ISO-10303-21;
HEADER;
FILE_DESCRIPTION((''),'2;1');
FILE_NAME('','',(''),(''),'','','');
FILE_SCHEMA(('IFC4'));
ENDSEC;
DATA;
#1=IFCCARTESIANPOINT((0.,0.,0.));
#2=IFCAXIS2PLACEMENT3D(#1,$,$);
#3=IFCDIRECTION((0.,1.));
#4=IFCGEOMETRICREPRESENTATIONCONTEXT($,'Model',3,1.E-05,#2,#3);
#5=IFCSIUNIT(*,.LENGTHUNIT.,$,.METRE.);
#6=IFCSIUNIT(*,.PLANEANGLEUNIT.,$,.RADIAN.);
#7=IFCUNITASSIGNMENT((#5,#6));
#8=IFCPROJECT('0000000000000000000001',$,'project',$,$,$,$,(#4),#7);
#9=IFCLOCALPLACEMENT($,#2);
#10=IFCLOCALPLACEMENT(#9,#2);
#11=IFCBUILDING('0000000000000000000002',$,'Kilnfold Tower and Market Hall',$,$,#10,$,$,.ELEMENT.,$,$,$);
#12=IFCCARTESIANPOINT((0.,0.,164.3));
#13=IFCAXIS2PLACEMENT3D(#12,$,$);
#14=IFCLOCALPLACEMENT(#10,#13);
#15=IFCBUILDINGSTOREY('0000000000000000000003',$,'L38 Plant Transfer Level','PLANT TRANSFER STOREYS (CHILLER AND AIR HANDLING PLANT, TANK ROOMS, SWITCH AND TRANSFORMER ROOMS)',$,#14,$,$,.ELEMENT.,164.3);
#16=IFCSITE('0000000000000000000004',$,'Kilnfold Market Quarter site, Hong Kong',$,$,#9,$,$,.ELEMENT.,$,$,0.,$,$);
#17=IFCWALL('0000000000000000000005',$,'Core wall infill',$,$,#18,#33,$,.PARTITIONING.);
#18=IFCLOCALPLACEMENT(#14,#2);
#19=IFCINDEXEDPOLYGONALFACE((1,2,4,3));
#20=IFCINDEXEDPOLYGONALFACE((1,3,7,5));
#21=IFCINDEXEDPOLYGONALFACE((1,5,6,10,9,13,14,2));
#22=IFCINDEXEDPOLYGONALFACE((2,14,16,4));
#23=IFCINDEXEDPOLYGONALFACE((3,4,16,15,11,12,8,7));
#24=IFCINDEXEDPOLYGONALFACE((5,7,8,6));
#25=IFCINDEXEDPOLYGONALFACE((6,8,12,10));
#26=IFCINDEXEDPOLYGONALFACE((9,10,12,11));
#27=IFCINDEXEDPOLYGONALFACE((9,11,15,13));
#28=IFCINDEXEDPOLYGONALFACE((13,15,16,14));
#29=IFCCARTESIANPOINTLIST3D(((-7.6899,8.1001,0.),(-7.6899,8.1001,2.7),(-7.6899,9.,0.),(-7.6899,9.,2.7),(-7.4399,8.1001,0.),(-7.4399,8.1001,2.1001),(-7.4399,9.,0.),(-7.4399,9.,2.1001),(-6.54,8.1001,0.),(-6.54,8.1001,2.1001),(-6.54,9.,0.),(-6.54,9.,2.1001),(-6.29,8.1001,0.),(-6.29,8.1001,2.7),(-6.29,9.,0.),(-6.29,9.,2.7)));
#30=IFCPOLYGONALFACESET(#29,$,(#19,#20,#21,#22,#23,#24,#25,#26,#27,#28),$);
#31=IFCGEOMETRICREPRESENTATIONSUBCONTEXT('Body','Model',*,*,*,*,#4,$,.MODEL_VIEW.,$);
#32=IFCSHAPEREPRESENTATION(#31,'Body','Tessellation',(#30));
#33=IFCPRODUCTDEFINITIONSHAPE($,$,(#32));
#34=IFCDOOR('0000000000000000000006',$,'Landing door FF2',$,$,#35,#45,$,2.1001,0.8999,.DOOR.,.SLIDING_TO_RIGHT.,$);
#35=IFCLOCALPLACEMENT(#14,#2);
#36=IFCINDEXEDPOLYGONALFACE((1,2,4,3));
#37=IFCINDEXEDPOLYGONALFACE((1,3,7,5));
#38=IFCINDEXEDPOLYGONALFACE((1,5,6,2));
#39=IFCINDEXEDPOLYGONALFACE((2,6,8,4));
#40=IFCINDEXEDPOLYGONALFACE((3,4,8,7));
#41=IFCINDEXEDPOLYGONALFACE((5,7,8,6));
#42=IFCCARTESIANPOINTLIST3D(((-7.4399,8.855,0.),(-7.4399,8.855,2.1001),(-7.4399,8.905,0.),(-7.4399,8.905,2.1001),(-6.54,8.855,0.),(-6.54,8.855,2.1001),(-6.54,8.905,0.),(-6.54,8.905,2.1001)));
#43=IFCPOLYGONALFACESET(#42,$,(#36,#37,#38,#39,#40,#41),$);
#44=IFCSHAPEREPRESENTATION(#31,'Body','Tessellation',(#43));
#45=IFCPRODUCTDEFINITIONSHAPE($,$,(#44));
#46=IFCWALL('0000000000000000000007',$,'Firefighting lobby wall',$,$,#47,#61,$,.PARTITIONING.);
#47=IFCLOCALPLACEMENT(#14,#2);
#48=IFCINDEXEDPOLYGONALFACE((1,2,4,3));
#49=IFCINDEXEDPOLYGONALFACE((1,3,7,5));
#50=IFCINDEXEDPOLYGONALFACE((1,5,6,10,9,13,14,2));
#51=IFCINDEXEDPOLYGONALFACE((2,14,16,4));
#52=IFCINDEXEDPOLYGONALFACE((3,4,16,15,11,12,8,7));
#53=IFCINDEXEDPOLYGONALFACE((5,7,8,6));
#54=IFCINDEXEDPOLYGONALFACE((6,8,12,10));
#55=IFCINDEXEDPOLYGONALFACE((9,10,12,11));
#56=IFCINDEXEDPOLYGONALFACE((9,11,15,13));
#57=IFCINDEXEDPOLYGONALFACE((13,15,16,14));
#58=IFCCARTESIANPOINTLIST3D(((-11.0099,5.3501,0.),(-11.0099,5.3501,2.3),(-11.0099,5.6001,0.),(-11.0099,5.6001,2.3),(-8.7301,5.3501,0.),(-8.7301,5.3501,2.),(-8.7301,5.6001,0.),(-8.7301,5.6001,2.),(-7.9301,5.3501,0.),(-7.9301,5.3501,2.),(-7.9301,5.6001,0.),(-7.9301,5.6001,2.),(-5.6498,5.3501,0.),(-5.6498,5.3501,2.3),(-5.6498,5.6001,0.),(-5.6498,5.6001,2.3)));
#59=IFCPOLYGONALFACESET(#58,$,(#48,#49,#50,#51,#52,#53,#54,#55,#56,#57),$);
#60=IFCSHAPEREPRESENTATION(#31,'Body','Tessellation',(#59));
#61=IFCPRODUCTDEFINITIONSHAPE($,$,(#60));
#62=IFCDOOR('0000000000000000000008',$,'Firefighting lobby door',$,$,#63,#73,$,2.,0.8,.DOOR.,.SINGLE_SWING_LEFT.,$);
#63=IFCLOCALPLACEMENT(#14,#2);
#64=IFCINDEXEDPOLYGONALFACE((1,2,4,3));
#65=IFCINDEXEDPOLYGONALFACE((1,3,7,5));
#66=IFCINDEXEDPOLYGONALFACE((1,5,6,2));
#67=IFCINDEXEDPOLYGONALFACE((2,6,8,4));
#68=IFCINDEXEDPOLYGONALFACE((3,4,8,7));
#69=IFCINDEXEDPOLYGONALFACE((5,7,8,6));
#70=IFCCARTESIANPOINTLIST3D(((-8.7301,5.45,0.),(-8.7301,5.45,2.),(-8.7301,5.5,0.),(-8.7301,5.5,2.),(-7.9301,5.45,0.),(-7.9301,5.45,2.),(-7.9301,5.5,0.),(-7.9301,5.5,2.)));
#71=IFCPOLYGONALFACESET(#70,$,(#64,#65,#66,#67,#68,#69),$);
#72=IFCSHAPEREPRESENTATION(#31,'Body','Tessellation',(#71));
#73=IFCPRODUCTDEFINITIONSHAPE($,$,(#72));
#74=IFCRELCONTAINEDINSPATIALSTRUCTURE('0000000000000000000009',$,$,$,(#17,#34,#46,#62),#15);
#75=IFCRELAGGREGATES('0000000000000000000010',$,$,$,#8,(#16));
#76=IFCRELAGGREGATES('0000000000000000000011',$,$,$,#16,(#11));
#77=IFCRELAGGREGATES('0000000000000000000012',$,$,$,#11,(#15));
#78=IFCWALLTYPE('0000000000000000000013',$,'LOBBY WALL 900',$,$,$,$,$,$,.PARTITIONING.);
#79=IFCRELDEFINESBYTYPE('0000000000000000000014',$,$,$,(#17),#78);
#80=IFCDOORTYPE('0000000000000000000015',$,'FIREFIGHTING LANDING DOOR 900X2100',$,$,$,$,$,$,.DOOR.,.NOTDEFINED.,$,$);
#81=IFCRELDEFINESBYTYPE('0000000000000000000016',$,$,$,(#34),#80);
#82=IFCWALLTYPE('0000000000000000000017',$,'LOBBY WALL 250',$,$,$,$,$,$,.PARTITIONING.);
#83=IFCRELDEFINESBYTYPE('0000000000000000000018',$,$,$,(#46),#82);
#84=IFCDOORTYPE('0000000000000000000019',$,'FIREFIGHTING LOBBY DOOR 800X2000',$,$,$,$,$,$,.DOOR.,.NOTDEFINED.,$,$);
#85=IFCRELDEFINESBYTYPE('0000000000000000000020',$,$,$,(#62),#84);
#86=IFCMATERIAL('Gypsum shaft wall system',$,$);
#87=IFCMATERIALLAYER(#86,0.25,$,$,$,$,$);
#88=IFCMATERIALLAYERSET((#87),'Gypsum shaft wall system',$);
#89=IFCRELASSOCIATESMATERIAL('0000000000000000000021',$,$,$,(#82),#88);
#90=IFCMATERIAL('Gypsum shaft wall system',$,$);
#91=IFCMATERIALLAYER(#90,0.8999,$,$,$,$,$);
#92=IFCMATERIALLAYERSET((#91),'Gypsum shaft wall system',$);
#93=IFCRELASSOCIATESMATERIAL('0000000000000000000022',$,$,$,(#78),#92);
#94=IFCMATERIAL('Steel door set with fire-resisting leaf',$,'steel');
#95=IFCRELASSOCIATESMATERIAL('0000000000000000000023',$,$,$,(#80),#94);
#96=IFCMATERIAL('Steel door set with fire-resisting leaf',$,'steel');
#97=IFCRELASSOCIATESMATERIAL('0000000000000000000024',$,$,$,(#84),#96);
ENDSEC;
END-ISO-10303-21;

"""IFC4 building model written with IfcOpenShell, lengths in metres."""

from ifc_helpers import new_model, si_unit, direction, frame, frame_2d, origin, place, context, subcontext, project, spatial, rectangle, extrude, source, transform, mapped, material, layer, layer_set, type_object, element, fill, save


model = new_model("IFC4")

# Units and contexts
model_context = context("Model", 3, precision=1e-05, world=origin(), true_north=direction((0.0, 1.0)))
body_context = subcontext(model_context, "Body", "Model", "MODEL_VIEW")
ifc_project = project(units=[si_unit("LENGTHUNIT", "METRE"), si_unit("PLANEANGLEUNIT", "RADIAN")], contexts=[model_context])

# Site, building, storey
site_placement = place(None, origin())
site = spatial("IfcSite", under=ifc_project, at=site_placement, Name="Kilnfold Market Quarter site, Hong Kong", CompositionType="ELEMENT", RefElevation=0.0)
building_placement = place(site_placement, origin())
building = spatial("IfcBuilding", under=site, at=building_placement, Name="Kilnfold Tower and Market Hall", CompositionType="ELEMENT")
storey_placement = place(building_placement, frame((0.0, 0.0, 164.3)))
storey = spatial("IfcBuildingStorey", under=building, at=storey_placement, Name="L38 Plant Transfer Level", Description="PLANT TRANSFER STOREYS (CHILLER AND AIR HANDLING PLANT, TANK ROOMS, SWITCH AND TRANSFORMER ROOMS)", CompositionType="ELEMENT", Elevation=164.3)

# Shared definitions
ifc_material_1 = material(Name="Gypsum shaft wall system")
ifc_layer_1 = layer(ifc_material_1, 0.25)
ifc_layer_set_1 = layer_set([ifc_layer_1], Name="Gypsum shaft wall system")
wall_type_1 = type_object("IfcWallType", Name="LOBBY WALL 250", PredefinedType="PARTITIONING", material=ifc_layer_set_1)

# Walls, openings, doors
ifc_material_2 = material(Name="Gypsum shaft wall system")
ifc_layer_2 = layer(ifc_material_2, 0.8999)
ifc_layer_set_2 = layer_set([ifc_layer_2], Name="Gypsum shaft wall system")
wall_type_2 = type_object("IfcWallType", Name="LOBBY WALL 900", PredefinedType="PARTITIONING", material=ifc_layer_set_2)
ifc_material_3 = material(Name="Steel door set with fire-resisting leaf", Category="steel")
door_type_1 = type_object("IfcDoorType", Name="FIREFIGHTING LANDING DOOR 900X2100", OperationType="NOTDEFINED", PredefinedType="DOOR", material=ifc_material_3)
shared_shape_1 = source(origin(), body_context, "Body", "SweptSolid", [
    extrude(rectangle(XDim=1.3999, YDim=0.8999, at=frame_2d((0.7, 0.0))), origin(), (0.0, 0.0, 1.0), 2.7),
])
wall_1_placement = place(storey_placement, frame((-7.6899, 8.55, 0.0), z_axis=(0.0, 0.0, 1.0), x_axis=(1.0, 0.0, 0.0)))
wall_1 = element("IfcWall", 1, at=wall_1_placement, inside=storey, type_object=wall_type_2, Name="Core wall infill", PredefinedType="PARTITIONING", context=body_context, shape_type="MappedRepresentation", body=[
    mapped(shared_shape_1, transform((0.0, 0.0, 0.0))),
])
opening_1_placement = place(wall_1_placement, frame((0.25, 0.0, 0.0)))
opening_1 = element("IfcOpeningElement", 2, at=opening_1_placement, cuts=wall_1, PredefinedType="OPENING", context=body_context, shape_type="SweptSolid", body=[
    extrude(rectangle(XDim=0.8999, YDim=2.1001, at=frame_2d((0.45, 1.05))), frame((0.0, 0.46, 0.0), z_axis=(0.0, -1.0, 0.0), x_axis=(1.0, 0.0, 0.0)), (0.0, 0.0, 1.0), 0.9199),
])
door_1_placement = place(opening_1_placement, origin())
door_1 = element("IfcDoor", 3, at=door_1_placement, inside=storey, type_object=door_type_1, Name="Landing door FF2", OperationType="SLIDING_TO_RIGHT", OverallHeight=2.1001, OverallWidth=0.8999, PredefinedType="DOOR", context=body_context, shape_type="SweptSolid", body=[
    extrude(rectangle(XDim=0.8999, YDim=2.1001, at=frame_2d((0.45, 1.05))), frame((0.0, 0.355, 0.0), z_axis=(0.0, -1.0, 0.0), x_axis=(1.0, 0.0, 0.0)), (0.0, 0.0, 1.0), 0.05),
])
fill(opening_1, door_1)
shared_shape_2 = source(origin(), body_context, "Body", "SweptSolid", [
    extrude(rectangle(XDim=5.3601, YDim=0.25, at=frame_2d((2.6802, 0.0))), origin(), (0.0, 0.0, 1.0), 2.3),
])
wall_2_placement = place(storey_placement, frame((-11.01, 5.4751, 0.0), z_axis=(0.0, 0.0, 1.0), x_axis=(1.0, 0.0, 0.0)))
wall_2 = element("IfcWall", 4, at=wall_2_placement, inside=storey, type_object=wall_type_1, Name="Firefighting lobby wall", PredefinedType="PARTITIONING", context=body_context, shape_type="MappedRepresentation", body=[
    mapped(shared_shape_2, transform((0.0, 0.0, 0.0))),
])
opening_2_placement = place(wall_2_placement, frame((2.28, 0.0, 0.0)))
opening_2 = element("IfcOpeningElement", 5, at=opening_2_placement, cuts=wall_2, PredefinedType="OPENING", context=body_context, shape_type="SweptSolid", body=[
    extrude(rectangle(XDim=0.8, YDim=2.0, at=frame_2d((0.3999, 1.0))), frame((0.0, 0.135, 0.0), z_axis=(0.0, -1.0, 0.0), x_axis=(1.0, 0.0, 0.0)), (0.0, 0.0, 1.0), 0.27),
])
ifc_material_4 = material(Name="Steel door set with fire-resisting leaf", Category="steel")
door_type_2 = type_object("IfcDoorType", Name="FIREFIGHTING LOBBY DOOR 800X2000", OperationType="NOTDEFINED", PredefinedType="DOOR", material=ifc_material_4)
door_2_placement = place(opening_2_placement, origin())
door_2 = element("IfcDoor", 6, at=door_2_placement, inside=storey, type_object=door_type_2, Name="Firefighting lobby door", OperationType="SINGLE_SWING_LEFT", OverallHeight=2.0, OverallWidth=0.8, PredefinedType="DOOR", context=body_context, shape_type="SweptSolid", body=[
    extrude(rectangle(XDim=0.8, YDim=2.0, at=frame_2d((0.3999, 1.0))), frame((0.0, 0.0249, 0.0), z_axis=(0.0, -1.0, 0.0), x_axis=(1.0, 0.0, 0.0)), (0.0, 0.0, 1.0), 0.05),
])
fill(opening_2, door_2)

save(model, "model.ifc")
